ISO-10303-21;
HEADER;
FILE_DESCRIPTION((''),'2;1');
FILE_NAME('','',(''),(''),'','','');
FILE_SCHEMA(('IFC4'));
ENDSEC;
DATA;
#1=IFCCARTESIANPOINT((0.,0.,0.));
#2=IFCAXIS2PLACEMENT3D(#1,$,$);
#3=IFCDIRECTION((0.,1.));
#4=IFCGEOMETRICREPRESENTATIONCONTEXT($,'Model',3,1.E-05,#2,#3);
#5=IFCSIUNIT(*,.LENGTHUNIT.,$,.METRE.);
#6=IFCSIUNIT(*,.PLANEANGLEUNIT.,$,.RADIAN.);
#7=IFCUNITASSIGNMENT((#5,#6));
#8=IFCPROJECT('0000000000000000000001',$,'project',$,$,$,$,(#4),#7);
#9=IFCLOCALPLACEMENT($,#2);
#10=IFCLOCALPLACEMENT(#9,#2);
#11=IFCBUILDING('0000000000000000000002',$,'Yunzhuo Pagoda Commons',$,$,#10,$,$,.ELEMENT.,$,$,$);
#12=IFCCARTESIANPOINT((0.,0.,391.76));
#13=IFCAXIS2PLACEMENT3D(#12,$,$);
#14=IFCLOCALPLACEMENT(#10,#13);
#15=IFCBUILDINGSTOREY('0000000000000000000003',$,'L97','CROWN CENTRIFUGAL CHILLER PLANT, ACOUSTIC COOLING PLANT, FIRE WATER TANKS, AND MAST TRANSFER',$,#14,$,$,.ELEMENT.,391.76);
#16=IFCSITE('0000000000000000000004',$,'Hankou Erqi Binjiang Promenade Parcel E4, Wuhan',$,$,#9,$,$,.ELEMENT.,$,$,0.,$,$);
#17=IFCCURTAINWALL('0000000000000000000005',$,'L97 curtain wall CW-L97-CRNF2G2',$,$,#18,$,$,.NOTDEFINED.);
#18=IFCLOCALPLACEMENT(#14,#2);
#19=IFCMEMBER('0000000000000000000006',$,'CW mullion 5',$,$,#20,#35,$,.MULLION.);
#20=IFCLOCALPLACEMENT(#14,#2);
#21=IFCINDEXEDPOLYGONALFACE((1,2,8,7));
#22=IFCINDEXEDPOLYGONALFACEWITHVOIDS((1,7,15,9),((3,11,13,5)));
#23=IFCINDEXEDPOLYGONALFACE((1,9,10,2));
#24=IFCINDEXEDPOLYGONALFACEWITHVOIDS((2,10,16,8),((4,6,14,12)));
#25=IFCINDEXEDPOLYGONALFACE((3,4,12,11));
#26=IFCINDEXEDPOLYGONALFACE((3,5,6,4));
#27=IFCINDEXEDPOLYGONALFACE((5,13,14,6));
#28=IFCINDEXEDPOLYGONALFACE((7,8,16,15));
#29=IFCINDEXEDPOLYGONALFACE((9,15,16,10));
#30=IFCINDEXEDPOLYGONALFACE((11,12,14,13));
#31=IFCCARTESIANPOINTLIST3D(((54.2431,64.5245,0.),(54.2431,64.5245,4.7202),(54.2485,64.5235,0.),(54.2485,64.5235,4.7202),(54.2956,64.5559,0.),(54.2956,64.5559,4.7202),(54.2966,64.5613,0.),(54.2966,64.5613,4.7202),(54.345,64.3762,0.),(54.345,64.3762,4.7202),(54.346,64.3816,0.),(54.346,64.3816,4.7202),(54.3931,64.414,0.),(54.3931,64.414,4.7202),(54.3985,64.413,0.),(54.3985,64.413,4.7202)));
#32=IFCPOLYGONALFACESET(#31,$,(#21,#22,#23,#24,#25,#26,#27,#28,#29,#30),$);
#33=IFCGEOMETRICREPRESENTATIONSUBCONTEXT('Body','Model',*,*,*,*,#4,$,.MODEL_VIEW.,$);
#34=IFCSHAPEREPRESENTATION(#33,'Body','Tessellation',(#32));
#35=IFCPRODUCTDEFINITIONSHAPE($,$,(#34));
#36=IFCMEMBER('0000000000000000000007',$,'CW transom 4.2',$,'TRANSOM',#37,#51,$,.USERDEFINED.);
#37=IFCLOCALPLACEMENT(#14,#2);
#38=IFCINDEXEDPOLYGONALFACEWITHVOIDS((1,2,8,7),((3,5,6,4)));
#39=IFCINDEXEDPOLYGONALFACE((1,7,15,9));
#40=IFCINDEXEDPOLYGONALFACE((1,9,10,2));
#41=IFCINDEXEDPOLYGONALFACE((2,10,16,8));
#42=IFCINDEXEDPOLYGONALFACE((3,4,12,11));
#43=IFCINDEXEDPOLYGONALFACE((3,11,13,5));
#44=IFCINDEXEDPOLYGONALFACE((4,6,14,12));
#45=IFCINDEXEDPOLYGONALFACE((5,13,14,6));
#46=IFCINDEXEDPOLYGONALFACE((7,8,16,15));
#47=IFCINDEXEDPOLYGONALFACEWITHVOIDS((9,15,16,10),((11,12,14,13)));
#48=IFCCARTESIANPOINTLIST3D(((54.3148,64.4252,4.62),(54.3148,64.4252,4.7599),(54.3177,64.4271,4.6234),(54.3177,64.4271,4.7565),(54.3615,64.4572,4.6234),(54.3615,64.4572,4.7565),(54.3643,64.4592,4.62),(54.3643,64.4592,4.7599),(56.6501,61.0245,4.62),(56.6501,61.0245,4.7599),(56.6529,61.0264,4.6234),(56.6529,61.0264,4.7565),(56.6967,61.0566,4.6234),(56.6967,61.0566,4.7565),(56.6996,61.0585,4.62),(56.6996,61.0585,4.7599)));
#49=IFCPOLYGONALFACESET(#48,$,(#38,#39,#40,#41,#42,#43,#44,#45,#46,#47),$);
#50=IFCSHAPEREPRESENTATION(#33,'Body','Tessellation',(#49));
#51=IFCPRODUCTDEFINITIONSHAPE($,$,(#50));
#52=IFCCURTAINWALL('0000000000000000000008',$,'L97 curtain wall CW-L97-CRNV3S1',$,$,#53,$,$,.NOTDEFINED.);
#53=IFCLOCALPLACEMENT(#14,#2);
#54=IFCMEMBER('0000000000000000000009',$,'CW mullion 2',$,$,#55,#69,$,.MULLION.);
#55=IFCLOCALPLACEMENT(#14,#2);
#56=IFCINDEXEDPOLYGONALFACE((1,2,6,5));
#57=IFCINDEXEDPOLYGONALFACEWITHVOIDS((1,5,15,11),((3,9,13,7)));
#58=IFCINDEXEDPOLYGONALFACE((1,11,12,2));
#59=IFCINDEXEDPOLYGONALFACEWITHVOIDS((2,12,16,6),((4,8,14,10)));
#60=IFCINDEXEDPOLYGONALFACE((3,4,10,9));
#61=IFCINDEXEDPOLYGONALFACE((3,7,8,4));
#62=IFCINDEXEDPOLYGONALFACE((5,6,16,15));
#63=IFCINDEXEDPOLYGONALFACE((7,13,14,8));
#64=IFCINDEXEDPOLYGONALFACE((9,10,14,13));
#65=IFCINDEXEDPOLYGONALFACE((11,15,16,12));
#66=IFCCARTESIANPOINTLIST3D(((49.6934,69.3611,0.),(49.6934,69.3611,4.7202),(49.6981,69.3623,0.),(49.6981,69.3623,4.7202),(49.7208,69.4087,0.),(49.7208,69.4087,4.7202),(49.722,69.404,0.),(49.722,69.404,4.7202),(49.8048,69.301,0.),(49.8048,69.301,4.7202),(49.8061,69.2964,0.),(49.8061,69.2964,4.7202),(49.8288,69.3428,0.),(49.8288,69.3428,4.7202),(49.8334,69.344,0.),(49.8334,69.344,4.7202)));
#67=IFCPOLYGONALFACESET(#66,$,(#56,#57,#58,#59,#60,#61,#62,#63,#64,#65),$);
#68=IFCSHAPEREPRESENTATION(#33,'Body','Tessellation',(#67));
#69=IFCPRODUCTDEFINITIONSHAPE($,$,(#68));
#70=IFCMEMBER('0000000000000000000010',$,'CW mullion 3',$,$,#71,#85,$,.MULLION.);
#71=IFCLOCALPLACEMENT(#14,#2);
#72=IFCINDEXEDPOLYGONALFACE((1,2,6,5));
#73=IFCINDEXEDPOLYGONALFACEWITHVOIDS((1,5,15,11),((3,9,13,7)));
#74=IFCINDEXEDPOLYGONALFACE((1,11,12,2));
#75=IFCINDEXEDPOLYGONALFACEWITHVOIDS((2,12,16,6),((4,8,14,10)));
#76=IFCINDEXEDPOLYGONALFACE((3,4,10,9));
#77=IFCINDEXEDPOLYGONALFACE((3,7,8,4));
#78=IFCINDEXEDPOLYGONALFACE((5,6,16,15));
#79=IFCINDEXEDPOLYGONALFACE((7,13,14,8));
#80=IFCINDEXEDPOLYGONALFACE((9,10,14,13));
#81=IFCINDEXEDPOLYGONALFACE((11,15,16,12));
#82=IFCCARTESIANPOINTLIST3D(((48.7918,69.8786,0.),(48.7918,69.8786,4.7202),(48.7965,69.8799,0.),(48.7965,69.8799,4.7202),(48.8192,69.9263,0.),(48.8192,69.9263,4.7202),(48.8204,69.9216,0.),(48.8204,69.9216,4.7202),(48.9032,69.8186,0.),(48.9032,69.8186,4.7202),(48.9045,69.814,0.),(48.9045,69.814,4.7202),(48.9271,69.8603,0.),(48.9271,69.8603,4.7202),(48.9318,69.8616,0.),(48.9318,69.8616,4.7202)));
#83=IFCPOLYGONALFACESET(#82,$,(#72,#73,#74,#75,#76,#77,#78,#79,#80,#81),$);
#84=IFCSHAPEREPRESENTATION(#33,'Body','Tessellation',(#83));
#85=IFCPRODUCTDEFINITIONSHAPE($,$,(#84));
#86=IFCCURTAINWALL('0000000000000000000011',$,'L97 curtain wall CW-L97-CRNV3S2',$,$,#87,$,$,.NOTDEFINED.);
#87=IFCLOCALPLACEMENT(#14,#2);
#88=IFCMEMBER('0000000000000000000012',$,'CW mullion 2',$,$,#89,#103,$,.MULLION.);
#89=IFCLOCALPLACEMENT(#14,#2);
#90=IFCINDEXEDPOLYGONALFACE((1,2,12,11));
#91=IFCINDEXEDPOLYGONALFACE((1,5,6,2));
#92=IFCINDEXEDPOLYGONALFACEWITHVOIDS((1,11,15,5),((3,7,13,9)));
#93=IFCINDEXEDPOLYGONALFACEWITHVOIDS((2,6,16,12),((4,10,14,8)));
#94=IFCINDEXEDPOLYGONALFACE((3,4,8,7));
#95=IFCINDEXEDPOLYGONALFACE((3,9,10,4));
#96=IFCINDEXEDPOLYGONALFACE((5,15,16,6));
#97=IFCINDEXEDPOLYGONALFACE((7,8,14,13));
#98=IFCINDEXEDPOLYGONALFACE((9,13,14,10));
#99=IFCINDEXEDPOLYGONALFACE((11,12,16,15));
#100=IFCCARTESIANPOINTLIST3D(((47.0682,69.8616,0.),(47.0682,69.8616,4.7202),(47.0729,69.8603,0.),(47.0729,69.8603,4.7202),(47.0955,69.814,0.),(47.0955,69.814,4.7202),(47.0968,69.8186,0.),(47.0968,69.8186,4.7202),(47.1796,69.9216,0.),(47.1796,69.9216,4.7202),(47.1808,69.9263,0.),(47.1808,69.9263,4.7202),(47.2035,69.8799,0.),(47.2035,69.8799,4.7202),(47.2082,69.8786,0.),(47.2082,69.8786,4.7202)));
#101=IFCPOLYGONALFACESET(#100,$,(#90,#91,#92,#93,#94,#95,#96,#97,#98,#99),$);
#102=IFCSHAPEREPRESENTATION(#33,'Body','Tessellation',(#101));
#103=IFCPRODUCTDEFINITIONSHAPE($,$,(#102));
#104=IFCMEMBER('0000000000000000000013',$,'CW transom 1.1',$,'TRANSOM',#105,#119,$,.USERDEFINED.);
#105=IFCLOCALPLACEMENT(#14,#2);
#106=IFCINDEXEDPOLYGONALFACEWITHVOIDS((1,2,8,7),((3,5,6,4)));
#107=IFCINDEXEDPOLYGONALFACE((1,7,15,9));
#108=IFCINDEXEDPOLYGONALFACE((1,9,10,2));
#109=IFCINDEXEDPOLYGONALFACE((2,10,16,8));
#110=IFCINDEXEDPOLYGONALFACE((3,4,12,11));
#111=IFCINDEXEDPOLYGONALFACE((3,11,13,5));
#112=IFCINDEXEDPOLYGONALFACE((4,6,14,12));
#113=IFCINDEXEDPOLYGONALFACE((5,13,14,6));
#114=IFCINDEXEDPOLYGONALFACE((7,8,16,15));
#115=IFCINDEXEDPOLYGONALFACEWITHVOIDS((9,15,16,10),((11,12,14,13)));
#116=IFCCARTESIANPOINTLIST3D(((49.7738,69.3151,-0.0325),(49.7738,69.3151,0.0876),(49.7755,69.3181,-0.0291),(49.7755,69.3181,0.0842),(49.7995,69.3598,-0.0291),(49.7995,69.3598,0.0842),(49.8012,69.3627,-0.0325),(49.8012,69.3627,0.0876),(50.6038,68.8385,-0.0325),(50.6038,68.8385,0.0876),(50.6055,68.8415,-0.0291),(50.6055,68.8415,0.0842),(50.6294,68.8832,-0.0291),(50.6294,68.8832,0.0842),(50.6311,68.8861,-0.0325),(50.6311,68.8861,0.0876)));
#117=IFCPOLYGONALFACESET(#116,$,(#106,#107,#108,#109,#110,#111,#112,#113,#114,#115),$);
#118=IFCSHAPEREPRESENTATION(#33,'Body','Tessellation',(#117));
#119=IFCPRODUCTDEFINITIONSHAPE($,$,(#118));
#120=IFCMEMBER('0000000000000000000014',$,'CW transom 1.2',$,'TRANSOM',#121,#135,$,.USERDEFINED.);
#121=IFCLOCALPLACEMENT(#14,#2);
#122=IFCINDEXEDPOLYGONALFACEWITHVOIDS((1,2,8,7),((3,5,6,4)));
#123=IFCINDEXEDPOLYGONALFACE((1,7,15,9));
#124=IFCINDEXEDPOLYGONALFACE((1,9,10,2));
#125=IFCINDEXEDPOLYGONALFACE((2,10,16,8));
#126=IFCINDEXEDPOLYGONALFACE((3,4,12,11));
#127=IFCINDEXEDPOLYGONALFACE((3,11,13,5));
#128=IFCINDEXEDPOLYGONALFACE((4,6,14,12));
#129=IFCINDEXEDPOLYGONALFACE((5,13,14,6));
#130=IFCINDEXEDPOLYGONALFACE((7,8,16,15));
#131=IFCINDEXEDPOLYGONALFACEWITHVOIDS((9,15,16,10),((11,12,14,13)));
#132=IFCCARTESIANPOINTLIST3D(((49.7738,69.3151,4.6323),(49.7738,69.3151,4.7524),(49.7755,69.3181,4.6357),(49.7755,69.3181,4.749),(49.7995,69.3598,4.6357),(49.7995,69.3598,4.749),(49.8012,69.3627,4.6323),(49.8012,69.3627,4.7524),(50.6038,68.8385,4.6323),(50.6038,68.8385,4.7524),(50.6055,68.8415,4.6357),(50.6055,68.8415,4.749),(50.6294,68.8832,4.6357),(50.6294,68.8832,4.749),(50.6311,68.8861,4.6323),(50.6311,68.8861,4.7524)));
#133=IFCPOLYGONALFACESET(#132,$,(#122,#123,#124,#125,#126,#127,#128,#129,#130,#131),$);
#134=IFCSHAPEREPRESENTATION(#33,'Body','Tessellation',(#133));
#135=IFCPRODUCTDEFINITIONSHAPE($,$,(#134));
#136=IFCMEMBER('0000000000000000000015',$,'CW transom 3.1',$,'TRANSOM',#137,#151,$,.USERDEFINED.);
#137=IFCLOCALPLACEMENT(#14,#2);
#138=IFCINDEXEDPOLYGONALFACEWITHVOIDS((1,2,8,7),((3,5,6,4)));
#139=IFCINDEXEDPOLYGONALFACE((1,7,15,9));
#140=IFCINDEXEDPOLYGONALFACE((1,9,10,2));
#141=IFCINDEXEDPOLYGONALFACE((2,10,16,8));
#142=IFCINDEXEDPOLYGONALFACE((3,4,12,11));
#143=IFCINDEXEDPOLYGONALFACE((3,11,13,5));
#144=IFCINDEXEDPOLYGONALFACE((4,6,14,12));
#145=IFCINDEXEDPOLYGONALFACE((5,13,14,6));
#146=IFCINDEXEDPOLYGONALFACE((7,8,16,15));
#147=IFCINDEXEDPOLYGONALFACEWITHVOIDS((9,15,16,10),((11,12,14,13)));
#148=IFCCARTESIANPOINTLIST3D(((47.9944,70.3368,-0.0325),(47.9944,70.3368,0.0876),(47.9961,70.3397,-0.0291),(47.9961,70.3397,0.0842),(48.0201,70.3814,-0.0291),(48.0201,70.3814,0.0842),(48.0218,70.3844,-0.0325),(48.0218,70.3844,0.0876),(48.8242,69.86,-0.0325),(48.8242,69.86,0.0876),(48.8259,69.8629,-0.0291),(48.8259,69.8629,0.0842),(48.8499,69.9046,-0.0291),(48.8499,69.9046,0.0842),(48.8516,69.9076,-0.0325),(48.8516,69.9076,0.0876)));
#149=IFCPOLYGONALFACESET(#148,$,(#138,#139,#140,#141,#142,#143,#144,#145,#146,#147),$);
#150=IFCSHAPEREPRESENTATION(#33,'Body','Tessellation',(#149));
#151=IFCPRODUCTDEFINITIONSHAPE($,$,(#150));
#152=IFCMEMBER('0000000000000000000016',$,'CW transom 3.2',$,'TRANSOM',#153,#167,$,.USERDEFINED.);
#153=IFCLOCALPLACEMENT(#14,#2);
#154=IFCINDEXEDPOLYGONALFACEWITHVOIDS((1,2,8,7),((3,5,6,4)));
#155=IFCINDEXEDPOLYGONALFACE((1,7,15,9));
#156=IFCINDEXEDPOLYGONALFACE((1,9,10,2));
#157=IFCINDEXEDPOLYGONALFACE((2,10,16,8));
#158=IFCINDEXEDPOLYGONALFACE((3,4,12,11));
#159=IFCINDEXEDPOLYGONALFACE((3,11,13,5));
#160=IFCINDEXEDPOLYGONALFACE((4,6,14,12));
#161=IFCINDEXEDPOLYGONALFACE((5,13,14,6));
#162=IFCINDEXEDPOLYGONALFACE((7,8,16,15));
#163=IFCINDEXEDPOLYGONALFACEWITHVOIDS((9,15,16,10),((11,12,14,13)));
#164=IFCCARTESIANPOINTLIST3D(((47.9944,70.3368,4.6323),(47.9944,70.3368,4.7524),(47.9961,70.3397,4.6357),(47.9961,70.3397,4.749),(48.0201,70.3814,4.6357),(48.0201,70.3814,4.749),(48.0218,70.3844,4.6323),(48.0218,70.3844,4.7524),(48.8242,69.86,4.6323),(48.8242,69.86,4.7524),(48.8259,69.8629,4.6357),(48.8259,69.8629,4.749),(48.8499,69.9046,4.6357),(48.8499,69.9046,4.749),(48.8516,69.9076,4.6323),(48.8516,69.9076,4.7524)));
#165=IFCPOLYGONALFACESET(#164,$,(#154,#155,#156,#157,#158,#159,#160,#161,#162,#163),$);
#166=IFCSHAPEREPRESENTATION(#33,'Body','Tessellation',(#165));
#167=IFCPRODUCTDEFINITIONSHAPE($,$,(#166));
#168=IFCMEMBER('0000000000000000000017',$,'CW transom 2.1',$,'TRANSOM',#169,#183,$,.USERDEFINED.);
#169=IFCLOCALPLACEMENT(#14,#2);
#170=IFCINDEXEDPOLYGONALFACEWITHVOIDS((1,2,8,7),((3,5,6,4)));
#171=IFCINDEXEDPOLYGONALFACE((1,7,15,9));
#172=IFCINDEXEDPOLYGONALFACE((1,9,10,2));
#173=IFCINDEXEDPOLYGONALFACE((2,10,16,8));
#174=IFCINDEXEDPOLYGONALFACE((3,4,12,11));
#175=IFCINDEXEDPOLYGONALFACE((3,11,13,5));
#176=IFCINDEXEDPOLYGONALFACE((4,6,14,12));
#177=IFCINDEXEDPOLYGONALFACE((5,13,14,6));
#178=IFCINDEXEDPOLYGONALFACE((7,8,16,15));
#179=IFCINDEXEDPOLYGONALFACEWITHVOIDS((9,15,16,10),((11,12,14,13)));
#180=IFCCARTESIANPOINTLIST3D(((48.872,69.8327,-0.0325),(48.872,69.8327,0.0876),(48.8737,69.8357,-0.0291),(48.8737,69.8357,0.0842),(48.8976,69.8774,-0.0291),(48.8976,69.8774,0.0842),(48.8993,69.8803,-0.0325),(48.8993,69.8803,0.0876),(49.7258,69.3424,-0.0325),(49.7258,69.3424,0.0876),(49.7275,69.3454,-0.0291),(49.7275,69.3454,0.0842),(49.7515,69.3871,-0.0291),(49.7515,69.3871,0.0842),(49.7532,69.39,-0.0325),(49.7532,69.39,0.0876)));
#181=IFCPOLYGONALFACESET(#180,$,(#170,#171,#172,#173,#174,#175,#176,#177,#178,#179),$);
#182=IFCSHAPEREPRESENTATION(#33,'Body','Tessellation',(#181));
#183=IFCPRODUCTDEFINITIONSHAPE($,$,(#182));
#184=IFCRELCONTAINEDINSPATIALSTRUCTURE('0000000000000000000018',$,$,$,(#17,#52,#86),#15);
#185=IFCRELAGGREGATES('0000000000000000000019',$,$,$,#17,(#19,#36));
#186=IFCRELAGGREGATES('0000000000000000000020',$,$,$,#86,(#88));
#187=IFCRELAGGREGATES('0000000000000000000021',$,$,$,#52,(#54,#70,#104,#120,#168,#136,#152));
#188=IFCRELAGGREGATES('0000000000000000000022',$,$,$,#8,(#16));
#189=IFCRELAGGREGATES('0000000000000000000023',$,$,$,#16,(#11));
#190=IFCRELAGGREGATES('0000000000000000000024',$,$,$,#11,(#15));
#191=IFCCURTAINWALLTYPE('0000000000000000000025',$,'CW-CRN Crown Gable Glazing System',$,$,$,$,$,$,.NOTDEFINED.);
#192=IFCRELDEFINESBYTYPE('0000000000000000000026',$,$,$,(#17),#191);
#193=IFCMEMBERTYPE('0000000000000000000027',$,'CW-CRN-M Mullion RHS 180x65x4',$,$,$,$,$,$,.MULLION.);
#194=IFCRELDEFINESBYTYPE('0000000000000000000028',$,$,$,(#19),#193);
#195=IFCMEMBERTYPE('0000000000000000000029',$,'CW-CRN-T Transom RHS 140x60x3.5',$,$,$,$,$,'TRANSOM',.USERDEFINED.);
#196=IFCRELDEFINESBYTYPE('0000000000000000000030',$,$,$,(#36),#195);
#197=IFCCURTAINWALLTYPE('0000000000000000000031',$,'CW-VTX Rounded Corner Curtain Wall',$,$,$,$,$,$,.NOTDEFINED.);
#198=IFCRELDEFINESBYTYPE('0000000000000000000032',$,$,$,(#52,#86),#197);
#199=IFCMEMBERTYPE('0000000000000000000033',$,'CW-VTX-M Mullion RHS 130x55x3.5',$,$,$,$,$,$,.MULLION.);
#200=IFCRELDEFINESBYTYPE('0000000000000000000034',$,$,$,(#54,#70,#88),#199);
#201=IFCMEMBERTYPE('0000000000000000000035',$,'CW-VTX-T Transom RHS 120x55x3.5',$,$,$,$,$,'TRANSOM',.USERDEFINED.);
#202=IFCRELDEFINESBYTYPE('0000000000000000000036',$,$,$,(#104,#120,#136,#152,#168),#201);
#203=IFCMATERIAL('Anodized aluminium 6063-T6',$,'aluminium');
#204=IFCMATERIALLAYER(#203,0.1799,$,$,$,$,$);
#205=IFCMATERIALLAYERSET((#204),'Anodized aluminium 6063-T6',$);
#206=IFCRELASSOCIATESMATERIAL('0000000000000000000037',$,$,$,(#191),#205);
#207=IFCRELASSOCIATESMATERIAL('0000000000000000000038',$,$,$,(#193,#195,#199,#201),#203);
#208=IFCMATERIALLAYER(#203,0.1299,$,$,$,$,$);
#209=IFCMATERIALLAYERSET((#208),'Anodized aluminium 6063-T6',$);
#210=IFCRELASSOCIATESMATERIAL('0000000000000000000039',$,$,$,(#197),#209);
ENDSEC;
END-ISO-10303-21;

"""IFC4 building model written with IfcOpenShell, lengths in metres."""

from ifc_helpers import new_model, si_unit, direction, frame, origin, origin_2d, place, context, subcontext, project, spatial, hollow_rectangle, extrude, source, transform, mapped, material, layer, layer_set, material_profile, profile_set, type_object, element, aggregate, save


model = new_model("IFC4")

# Units and contexts
model_context = context("Model", 3, precision=1e-05, world=origin(), true_north=direction((0.0, 1.0)))
body_context = subcontext(model_context, "Body", "Model", "MODEL_VIEW")
ifc_project = project(units=[si_unit("LENGTHUNIT", "METRE"), si_unit("PLANEANGLEUNIT", "RADIAN")], contexts=[model_context])

# Site, building, storey
site_placement = place(None, origin())
site = spatial("IfcSite", under=ifc_project, at=site_placement, Name="Hankou Erqi Binjiang Promenade Parcel E4, Wuhan", CompositionType="ELEMENT", RefElevation=0.0)
building_placement = place(site_placement, origin())
building = spatial("IfcBuilding", under=site, at=building_placement, Name="Yunzhuo Pagoda Commons", CompositionType="ELEMENT")
storey_placement = place(building_placement, frame((0.0, 0.0, 391.76)))
storey = spatial("IfcBuildingStorey", under=building, at=storey_placement, Name="L97", Description="CROWN CENTRIFUGAL CHILLER PLANT, ACOUSTIC COOLING PLANT, FIRE WATER TANKS, AND MAST TRANSFER", CompositionType="ELEMENT", Elevation=391.76)

# Curtain walls, members
ifc_material_1 = material(Name="Anodized aluminium 6063-T6", Category="aluminium")
ifc_layer_1 = layer(ifc_material_1, 0.1799)
ifc_layer_set_1 = layer_set([ifc_layer_1], Name="Anodized aluminium 6063-T6")
curtain_wall_type_1 = type_object("IfcCurtainWallType", Name="CW-CRN Crown Gable Glazing System", PredefinedType="NOTDEFINED", material=ifc_layer_set_1)
curtain_wall_1_placement = place(storey_placement, origin())
curtain_wall_1 = element("IfcCurtainWall", 1, at=curtain_wall_1_placement, inside=storey, type_object=curtain_wall_type_1, Name="L97 curtain wall CW-L97-CRNF2G2", PredefinedType="NOTDEFINED")
ifc_material_profile_1 = material_profile(ifc_material_1, hollow_rectangle(XDim=0.0649, YDim=0.1799, WallThickness=0.0039, at=origin_2d()), Name="Anodized aluminium 6063-T6")
ifc_profile_set_1 = profile_set([ifc_material_profile_1], Name="Anodized aluminium 6063-T6")
member_type_1 = type_object("IfcMemberType", Name="CW-CRN-M Mullion RHS 180x65x4", PredefinedType="MULLION", material=ifc_profile_set_1)
shared_shape_1 = source(origin(), body_context, "Body", "SweptSolid", [
    extrude(hollow_rectangle(XDim=0.0649, YDim=0.1799, WallThickness=0.0039, at=origin_2d()), origin(), (0.0, 0.0, 1.0), 4.7202),
])
member_1_placement = place(storey_placement, frame((54.3208, 64.4688, 0.0), z_axis=(0.0, 0.0, 1.0), x_axis=(-0.824296, -0.566159, 0.0)))
member_1 = element("IfcMember", 2, at=member_1_placement, type_object=member_type_1, Name="CW mullion 5", PredefinedType="MULLION", context=body_context, shape_type="MappedRepresentation", body=[
    mapped(shared_shape_1, transform((0.0, 0.0, 0.0), scale=1.0)),
])
ifc_material_profile_2 = material_profile(ifc_material_1, hollow_rectangle(XDim=0.0601, YDim=0.1399, WallThickness=0.0034, at=origin_2d()), Name="Anodized aluminium 6063-T6")
ifc_profile_set_2 = profile_set([ifc_material_profile_2], Name="Anodized aluminium 6063-T6")
member_type_2 = type_object("IfcMemberType", Name="CW-CRN-T Transom RHS 140x60x3.5", ElementType="TRANSOM", PredefinedType="USERDEFINED", material=ifc_profile_set_2)
shared_shape_2 = source(origin(), body_context, "Body", "SweptSolid", [
    extrude(hollow_rectangle(XDim=0.0601, YDim=0.1399, WallThickness=0.0034, at=origin_2d()), origin(), (0.0, 0.0, 1.0), 4.1252),
])
member_2_placement = place(storey_placement, frame((56.6748, 61.0415, 4.6899), z_axis=(-0.566079, 0.824351, 0.0), x_axis=(-0.824351, -0.566079, 0.0)))
member_2 = element("IfcMember", 3, at=member_2_placement, type_object=member_type_2, Name="CW transom 4.2", ObjectType="TRANSOM", PredefinedType="USERDEFINED", context=body_context, shape_type="MappedRepresentation", body=[
    mapped(shared_shape_2, transform((0.0, 0.0, 0.0), scale=1.0)),
])
ifc_layer_2 = layer(ifc_material_1, 0.1299)
ifc_layer_set_2 = layer_set([ifc_layer_2], Name="Anodized aluminium 6063-T6")
curtain_wall_type_2 = type_object("IfcCurtainWallType", Name="CW-VTX Rounded Corner Curtain Wall", PredefinedType="NOTDEFINED", material=ifc_layer_set_2)
curtain_wall_2_placement = place(storey_placement, origin())
curtain_wall_2 = element("IfcCurtainWall", 4, at=curtain_wall_2_placement, inside=storey, type_object=curtain_wall_type_2, Name="L97 curtain wall CW-L97-CRNV3S1", PredefinedType="NOTDEFINED")
ifc_material_profile_3 = material_profile(ifc_material_1, hollow_rectangle(XDim=0.0549, YDim=0.1299, WallThickness=0.0034, at=origin_2d()), Name="Anodized aluminium 6063-T6")
ifc_profile_set_3 = profile_set([ifc_material_profile_3], Name="Anodized aluminium 6063-T6")
member_type_3 = type_object("IfcMemberType", Name="CW-VTX-M Mullion RHS 130x55x3.5", PredefinedType="MULLION", material=ifc_profile_set_3)
shared_shape_3 = source(origin(), body_context, "Body", "SweptSolid", [
    extrude(hollow_rectangle(XDim=0.0549, YDim=0.1299, WallThickness=0.0034, at=origin_2d()), origin(), (0.0, 0.0, 1.0), 4.7202),
])
member_3_placement = place(storey_placement, frame((49.7634, 69.3525, 0.0), z_axis=(0.0, 0.0, 1.0), x_axis=(-0.497937, -0.867213, 0.0)))
member_3 = element("IfcMember", 5, at=member_3_placement, type_object=member_type_3, Name="CW mullion 2", PredefinedType="MULLION", context=body_context, shape_type="MappedRepresentation", body=[
    mapped(shared_shape_3, transform((0.0, 0.0, 0.0), scale=1.0)),
])
member_4_placement = place(storey_placement, frame((48.8618, 69.8701, 0.0), z_axis=(0.0, 0.0, 1.0), x_axis=(-0.497937, -0.867213, 0.0)))
member_4 = element("IfcMember", 6, at=member_4_placement, type_object=member_type_3, Name="CW mullion 3", PredefinedType="MULLION", context=body_context, shape_type="MappedRepresentation", body=[
    mapped(shared_shape_3, transform((0.0, 0.0, 0.0), scale=1.0)),
])

# Curtain wall, member
curtain_wall_3_placement = place(storey_placement, origin())
curtain_wall_3 = element("IfcCurtainWall", 7, at=curtain_wall_3_placement, inside=storey, type_object=curtain_wall_type_2, Name="L97 curtain wall CW-L97-CRNV3S2", PredefinedType="NOTDEFINED")
member_5_placement = place(storey_placement, frame((47.1382, 69.8701, 0.0), z_axis=(0.0, 0.0, 1.0), x_axis=(0.497937, -0.867213, 0.0)))
member_5 = element("IfcMember", 8, at=member_5_placement, type_object=member_type_3, Name="CW mullion 2", PredefinedType="MULLION", context=body_context, shape_type="MappedRepresentation", body=[
    mapped(shared_shape_3, transform((0.0, 0.0, 0.0), scale=1.0)),
])

# Members
ifc_material_profile_4 = material_profile(ifc_material_1, hollow_rectangle(XDim=0.0549, YDim=0.1201, WallThickness=0.0034, at=origin_2d()), Name="Anodized aluminium 6063-T6")
ifc_profile_set_4 = profile_set([ifc_material_profile_4], Name="Anodized aluminium 6063-T6")
member_type_4 = type_object("IfcMemberType", Name="CW-VTX-T Transom RHS 120x55x3.5", ElementType="TRANSOM", PredefinedType="USERDEFINED", material=ifc_profile_set_4)
shared_shape_4 = source(origin(), body_context, "Body", "SweptSolid", [
    extrude(hollow_rectangle(XDim=0.0549, YDim=0.1201, WallThickness=0.0034, at=origin_2d()), origin(), (0.0, 0.0, 1.0), 0.957),
])
member_6_placement = place(storey_placement, frame((50.6174, 68.8623, 0.0276), z_axis=(-0.867174, 0.498006, 0.0), x_axis=(-0.498006, -0.867174, 0.0)))
member_6 = element("IfcMember", 9, at=member_6_placement, type_object=member_type_4, Name="CW transom 1.1", ObjectType="TRANSOM", PredefinedType="USERDEFINED", context=body_context, shape_type="MappedRepresentation", body=[
    mapped(shared_shape_4, transform((0.0, 0.0, 0.0), scale=1.0)),
])
member_7_placement = place(storey_placement, frame((50.6174, 68.8623, 4.6924), z_axis=(-0.867174, 0.498006, 0.0), x_axis=(-0.498006, -0.867174, 0.0)))
member_7 = element("IfcMember", 10, at=member_7_placement, type_object=member_type_4, Name="CW transom 1.2", ObjectType="TRANSOM", PredefinedType="USERDEFINED", context=body_context, shape_type="MappedRepresentation", body=[
    mapped(shared_shape_4, transform((0.0, 0.0, 0.0), scale=1.0)),
])
member_8_placement = place(storey_placement, frame((48.8379, 69.8838, 0.0276), z_axis=(-0.867063, 0.498198, 0.0), x_axis=(-0.498198, -0.867063, 0.0)))
member_8 = element("IfcMember", 11, at=member_8_placement, type_object=member_type_4, Name="CW transom 3.1", ObjectType="TRANSOM", PredefinedType="USERDEFINED", context=body_context, shape_type="MappedRepresentation", body=[
    mapped(shared_shape_4, transform((0.0, 0.0, 0.0), scale=1.0)),
])
member_9_placement = place(storey_placement, frame((48.8379, 69.8838, 4.6924), z_axis=(-0.867063, 0.498198, 0.0), x_axis=(-0.498198, -0.867063, 0.0)))
member_9 = element("IfcMember", 12, at=member_9_placement, type_object=member_type_4, Name="CW transom 3.2", ObjectType="TRANSOM", PredefinedType="USERDEFINED", context=body_context, shape_type="MappedRepresentation", body=[
    mapped(shared_shape_4, transform((0.0, 0.0, 0.0), scale=1.0)),
])
shared_shape_5 = source(origin(), body_context, "Body", "SweptSolid", [
    extrude(hollow_rectangle(XDim=0.0549, YDim=0.1201, WallThickness=0.0034, at=origin_2d()), origin(), (0.0, 0.0, 1.0), 0.9846),
])
member_10_placement = place(storey_placement, frame((49.7395, 69.3662, 0.0276), z_axis=(-0.867204, 0.497954, 0.0), x_axis=(-0.497954, -0.867204, 0.0)))
member_10 = element("IfcMember", 13, at=member_10_placement, type_object=member_type_4, Name="CW transom 2.1", ObjectType="TRANSOM", PredefinedType="USERDEFINED", context=body_context, shape_type="MappedRepresentation", body=[
    mapped(shared_shape_5, transform((0.0, 0.0, 0.0), scale=1.0)),
])

aggregate(curtain_wall_1, [member_1, member_2])
aggregate(curtain_wall_3, [member_5])
aggregate(curtain_wall_2, [member_3, member_4, member_6, member_7, member_10, member_8, member_9])

save(model, "model.ifc")
